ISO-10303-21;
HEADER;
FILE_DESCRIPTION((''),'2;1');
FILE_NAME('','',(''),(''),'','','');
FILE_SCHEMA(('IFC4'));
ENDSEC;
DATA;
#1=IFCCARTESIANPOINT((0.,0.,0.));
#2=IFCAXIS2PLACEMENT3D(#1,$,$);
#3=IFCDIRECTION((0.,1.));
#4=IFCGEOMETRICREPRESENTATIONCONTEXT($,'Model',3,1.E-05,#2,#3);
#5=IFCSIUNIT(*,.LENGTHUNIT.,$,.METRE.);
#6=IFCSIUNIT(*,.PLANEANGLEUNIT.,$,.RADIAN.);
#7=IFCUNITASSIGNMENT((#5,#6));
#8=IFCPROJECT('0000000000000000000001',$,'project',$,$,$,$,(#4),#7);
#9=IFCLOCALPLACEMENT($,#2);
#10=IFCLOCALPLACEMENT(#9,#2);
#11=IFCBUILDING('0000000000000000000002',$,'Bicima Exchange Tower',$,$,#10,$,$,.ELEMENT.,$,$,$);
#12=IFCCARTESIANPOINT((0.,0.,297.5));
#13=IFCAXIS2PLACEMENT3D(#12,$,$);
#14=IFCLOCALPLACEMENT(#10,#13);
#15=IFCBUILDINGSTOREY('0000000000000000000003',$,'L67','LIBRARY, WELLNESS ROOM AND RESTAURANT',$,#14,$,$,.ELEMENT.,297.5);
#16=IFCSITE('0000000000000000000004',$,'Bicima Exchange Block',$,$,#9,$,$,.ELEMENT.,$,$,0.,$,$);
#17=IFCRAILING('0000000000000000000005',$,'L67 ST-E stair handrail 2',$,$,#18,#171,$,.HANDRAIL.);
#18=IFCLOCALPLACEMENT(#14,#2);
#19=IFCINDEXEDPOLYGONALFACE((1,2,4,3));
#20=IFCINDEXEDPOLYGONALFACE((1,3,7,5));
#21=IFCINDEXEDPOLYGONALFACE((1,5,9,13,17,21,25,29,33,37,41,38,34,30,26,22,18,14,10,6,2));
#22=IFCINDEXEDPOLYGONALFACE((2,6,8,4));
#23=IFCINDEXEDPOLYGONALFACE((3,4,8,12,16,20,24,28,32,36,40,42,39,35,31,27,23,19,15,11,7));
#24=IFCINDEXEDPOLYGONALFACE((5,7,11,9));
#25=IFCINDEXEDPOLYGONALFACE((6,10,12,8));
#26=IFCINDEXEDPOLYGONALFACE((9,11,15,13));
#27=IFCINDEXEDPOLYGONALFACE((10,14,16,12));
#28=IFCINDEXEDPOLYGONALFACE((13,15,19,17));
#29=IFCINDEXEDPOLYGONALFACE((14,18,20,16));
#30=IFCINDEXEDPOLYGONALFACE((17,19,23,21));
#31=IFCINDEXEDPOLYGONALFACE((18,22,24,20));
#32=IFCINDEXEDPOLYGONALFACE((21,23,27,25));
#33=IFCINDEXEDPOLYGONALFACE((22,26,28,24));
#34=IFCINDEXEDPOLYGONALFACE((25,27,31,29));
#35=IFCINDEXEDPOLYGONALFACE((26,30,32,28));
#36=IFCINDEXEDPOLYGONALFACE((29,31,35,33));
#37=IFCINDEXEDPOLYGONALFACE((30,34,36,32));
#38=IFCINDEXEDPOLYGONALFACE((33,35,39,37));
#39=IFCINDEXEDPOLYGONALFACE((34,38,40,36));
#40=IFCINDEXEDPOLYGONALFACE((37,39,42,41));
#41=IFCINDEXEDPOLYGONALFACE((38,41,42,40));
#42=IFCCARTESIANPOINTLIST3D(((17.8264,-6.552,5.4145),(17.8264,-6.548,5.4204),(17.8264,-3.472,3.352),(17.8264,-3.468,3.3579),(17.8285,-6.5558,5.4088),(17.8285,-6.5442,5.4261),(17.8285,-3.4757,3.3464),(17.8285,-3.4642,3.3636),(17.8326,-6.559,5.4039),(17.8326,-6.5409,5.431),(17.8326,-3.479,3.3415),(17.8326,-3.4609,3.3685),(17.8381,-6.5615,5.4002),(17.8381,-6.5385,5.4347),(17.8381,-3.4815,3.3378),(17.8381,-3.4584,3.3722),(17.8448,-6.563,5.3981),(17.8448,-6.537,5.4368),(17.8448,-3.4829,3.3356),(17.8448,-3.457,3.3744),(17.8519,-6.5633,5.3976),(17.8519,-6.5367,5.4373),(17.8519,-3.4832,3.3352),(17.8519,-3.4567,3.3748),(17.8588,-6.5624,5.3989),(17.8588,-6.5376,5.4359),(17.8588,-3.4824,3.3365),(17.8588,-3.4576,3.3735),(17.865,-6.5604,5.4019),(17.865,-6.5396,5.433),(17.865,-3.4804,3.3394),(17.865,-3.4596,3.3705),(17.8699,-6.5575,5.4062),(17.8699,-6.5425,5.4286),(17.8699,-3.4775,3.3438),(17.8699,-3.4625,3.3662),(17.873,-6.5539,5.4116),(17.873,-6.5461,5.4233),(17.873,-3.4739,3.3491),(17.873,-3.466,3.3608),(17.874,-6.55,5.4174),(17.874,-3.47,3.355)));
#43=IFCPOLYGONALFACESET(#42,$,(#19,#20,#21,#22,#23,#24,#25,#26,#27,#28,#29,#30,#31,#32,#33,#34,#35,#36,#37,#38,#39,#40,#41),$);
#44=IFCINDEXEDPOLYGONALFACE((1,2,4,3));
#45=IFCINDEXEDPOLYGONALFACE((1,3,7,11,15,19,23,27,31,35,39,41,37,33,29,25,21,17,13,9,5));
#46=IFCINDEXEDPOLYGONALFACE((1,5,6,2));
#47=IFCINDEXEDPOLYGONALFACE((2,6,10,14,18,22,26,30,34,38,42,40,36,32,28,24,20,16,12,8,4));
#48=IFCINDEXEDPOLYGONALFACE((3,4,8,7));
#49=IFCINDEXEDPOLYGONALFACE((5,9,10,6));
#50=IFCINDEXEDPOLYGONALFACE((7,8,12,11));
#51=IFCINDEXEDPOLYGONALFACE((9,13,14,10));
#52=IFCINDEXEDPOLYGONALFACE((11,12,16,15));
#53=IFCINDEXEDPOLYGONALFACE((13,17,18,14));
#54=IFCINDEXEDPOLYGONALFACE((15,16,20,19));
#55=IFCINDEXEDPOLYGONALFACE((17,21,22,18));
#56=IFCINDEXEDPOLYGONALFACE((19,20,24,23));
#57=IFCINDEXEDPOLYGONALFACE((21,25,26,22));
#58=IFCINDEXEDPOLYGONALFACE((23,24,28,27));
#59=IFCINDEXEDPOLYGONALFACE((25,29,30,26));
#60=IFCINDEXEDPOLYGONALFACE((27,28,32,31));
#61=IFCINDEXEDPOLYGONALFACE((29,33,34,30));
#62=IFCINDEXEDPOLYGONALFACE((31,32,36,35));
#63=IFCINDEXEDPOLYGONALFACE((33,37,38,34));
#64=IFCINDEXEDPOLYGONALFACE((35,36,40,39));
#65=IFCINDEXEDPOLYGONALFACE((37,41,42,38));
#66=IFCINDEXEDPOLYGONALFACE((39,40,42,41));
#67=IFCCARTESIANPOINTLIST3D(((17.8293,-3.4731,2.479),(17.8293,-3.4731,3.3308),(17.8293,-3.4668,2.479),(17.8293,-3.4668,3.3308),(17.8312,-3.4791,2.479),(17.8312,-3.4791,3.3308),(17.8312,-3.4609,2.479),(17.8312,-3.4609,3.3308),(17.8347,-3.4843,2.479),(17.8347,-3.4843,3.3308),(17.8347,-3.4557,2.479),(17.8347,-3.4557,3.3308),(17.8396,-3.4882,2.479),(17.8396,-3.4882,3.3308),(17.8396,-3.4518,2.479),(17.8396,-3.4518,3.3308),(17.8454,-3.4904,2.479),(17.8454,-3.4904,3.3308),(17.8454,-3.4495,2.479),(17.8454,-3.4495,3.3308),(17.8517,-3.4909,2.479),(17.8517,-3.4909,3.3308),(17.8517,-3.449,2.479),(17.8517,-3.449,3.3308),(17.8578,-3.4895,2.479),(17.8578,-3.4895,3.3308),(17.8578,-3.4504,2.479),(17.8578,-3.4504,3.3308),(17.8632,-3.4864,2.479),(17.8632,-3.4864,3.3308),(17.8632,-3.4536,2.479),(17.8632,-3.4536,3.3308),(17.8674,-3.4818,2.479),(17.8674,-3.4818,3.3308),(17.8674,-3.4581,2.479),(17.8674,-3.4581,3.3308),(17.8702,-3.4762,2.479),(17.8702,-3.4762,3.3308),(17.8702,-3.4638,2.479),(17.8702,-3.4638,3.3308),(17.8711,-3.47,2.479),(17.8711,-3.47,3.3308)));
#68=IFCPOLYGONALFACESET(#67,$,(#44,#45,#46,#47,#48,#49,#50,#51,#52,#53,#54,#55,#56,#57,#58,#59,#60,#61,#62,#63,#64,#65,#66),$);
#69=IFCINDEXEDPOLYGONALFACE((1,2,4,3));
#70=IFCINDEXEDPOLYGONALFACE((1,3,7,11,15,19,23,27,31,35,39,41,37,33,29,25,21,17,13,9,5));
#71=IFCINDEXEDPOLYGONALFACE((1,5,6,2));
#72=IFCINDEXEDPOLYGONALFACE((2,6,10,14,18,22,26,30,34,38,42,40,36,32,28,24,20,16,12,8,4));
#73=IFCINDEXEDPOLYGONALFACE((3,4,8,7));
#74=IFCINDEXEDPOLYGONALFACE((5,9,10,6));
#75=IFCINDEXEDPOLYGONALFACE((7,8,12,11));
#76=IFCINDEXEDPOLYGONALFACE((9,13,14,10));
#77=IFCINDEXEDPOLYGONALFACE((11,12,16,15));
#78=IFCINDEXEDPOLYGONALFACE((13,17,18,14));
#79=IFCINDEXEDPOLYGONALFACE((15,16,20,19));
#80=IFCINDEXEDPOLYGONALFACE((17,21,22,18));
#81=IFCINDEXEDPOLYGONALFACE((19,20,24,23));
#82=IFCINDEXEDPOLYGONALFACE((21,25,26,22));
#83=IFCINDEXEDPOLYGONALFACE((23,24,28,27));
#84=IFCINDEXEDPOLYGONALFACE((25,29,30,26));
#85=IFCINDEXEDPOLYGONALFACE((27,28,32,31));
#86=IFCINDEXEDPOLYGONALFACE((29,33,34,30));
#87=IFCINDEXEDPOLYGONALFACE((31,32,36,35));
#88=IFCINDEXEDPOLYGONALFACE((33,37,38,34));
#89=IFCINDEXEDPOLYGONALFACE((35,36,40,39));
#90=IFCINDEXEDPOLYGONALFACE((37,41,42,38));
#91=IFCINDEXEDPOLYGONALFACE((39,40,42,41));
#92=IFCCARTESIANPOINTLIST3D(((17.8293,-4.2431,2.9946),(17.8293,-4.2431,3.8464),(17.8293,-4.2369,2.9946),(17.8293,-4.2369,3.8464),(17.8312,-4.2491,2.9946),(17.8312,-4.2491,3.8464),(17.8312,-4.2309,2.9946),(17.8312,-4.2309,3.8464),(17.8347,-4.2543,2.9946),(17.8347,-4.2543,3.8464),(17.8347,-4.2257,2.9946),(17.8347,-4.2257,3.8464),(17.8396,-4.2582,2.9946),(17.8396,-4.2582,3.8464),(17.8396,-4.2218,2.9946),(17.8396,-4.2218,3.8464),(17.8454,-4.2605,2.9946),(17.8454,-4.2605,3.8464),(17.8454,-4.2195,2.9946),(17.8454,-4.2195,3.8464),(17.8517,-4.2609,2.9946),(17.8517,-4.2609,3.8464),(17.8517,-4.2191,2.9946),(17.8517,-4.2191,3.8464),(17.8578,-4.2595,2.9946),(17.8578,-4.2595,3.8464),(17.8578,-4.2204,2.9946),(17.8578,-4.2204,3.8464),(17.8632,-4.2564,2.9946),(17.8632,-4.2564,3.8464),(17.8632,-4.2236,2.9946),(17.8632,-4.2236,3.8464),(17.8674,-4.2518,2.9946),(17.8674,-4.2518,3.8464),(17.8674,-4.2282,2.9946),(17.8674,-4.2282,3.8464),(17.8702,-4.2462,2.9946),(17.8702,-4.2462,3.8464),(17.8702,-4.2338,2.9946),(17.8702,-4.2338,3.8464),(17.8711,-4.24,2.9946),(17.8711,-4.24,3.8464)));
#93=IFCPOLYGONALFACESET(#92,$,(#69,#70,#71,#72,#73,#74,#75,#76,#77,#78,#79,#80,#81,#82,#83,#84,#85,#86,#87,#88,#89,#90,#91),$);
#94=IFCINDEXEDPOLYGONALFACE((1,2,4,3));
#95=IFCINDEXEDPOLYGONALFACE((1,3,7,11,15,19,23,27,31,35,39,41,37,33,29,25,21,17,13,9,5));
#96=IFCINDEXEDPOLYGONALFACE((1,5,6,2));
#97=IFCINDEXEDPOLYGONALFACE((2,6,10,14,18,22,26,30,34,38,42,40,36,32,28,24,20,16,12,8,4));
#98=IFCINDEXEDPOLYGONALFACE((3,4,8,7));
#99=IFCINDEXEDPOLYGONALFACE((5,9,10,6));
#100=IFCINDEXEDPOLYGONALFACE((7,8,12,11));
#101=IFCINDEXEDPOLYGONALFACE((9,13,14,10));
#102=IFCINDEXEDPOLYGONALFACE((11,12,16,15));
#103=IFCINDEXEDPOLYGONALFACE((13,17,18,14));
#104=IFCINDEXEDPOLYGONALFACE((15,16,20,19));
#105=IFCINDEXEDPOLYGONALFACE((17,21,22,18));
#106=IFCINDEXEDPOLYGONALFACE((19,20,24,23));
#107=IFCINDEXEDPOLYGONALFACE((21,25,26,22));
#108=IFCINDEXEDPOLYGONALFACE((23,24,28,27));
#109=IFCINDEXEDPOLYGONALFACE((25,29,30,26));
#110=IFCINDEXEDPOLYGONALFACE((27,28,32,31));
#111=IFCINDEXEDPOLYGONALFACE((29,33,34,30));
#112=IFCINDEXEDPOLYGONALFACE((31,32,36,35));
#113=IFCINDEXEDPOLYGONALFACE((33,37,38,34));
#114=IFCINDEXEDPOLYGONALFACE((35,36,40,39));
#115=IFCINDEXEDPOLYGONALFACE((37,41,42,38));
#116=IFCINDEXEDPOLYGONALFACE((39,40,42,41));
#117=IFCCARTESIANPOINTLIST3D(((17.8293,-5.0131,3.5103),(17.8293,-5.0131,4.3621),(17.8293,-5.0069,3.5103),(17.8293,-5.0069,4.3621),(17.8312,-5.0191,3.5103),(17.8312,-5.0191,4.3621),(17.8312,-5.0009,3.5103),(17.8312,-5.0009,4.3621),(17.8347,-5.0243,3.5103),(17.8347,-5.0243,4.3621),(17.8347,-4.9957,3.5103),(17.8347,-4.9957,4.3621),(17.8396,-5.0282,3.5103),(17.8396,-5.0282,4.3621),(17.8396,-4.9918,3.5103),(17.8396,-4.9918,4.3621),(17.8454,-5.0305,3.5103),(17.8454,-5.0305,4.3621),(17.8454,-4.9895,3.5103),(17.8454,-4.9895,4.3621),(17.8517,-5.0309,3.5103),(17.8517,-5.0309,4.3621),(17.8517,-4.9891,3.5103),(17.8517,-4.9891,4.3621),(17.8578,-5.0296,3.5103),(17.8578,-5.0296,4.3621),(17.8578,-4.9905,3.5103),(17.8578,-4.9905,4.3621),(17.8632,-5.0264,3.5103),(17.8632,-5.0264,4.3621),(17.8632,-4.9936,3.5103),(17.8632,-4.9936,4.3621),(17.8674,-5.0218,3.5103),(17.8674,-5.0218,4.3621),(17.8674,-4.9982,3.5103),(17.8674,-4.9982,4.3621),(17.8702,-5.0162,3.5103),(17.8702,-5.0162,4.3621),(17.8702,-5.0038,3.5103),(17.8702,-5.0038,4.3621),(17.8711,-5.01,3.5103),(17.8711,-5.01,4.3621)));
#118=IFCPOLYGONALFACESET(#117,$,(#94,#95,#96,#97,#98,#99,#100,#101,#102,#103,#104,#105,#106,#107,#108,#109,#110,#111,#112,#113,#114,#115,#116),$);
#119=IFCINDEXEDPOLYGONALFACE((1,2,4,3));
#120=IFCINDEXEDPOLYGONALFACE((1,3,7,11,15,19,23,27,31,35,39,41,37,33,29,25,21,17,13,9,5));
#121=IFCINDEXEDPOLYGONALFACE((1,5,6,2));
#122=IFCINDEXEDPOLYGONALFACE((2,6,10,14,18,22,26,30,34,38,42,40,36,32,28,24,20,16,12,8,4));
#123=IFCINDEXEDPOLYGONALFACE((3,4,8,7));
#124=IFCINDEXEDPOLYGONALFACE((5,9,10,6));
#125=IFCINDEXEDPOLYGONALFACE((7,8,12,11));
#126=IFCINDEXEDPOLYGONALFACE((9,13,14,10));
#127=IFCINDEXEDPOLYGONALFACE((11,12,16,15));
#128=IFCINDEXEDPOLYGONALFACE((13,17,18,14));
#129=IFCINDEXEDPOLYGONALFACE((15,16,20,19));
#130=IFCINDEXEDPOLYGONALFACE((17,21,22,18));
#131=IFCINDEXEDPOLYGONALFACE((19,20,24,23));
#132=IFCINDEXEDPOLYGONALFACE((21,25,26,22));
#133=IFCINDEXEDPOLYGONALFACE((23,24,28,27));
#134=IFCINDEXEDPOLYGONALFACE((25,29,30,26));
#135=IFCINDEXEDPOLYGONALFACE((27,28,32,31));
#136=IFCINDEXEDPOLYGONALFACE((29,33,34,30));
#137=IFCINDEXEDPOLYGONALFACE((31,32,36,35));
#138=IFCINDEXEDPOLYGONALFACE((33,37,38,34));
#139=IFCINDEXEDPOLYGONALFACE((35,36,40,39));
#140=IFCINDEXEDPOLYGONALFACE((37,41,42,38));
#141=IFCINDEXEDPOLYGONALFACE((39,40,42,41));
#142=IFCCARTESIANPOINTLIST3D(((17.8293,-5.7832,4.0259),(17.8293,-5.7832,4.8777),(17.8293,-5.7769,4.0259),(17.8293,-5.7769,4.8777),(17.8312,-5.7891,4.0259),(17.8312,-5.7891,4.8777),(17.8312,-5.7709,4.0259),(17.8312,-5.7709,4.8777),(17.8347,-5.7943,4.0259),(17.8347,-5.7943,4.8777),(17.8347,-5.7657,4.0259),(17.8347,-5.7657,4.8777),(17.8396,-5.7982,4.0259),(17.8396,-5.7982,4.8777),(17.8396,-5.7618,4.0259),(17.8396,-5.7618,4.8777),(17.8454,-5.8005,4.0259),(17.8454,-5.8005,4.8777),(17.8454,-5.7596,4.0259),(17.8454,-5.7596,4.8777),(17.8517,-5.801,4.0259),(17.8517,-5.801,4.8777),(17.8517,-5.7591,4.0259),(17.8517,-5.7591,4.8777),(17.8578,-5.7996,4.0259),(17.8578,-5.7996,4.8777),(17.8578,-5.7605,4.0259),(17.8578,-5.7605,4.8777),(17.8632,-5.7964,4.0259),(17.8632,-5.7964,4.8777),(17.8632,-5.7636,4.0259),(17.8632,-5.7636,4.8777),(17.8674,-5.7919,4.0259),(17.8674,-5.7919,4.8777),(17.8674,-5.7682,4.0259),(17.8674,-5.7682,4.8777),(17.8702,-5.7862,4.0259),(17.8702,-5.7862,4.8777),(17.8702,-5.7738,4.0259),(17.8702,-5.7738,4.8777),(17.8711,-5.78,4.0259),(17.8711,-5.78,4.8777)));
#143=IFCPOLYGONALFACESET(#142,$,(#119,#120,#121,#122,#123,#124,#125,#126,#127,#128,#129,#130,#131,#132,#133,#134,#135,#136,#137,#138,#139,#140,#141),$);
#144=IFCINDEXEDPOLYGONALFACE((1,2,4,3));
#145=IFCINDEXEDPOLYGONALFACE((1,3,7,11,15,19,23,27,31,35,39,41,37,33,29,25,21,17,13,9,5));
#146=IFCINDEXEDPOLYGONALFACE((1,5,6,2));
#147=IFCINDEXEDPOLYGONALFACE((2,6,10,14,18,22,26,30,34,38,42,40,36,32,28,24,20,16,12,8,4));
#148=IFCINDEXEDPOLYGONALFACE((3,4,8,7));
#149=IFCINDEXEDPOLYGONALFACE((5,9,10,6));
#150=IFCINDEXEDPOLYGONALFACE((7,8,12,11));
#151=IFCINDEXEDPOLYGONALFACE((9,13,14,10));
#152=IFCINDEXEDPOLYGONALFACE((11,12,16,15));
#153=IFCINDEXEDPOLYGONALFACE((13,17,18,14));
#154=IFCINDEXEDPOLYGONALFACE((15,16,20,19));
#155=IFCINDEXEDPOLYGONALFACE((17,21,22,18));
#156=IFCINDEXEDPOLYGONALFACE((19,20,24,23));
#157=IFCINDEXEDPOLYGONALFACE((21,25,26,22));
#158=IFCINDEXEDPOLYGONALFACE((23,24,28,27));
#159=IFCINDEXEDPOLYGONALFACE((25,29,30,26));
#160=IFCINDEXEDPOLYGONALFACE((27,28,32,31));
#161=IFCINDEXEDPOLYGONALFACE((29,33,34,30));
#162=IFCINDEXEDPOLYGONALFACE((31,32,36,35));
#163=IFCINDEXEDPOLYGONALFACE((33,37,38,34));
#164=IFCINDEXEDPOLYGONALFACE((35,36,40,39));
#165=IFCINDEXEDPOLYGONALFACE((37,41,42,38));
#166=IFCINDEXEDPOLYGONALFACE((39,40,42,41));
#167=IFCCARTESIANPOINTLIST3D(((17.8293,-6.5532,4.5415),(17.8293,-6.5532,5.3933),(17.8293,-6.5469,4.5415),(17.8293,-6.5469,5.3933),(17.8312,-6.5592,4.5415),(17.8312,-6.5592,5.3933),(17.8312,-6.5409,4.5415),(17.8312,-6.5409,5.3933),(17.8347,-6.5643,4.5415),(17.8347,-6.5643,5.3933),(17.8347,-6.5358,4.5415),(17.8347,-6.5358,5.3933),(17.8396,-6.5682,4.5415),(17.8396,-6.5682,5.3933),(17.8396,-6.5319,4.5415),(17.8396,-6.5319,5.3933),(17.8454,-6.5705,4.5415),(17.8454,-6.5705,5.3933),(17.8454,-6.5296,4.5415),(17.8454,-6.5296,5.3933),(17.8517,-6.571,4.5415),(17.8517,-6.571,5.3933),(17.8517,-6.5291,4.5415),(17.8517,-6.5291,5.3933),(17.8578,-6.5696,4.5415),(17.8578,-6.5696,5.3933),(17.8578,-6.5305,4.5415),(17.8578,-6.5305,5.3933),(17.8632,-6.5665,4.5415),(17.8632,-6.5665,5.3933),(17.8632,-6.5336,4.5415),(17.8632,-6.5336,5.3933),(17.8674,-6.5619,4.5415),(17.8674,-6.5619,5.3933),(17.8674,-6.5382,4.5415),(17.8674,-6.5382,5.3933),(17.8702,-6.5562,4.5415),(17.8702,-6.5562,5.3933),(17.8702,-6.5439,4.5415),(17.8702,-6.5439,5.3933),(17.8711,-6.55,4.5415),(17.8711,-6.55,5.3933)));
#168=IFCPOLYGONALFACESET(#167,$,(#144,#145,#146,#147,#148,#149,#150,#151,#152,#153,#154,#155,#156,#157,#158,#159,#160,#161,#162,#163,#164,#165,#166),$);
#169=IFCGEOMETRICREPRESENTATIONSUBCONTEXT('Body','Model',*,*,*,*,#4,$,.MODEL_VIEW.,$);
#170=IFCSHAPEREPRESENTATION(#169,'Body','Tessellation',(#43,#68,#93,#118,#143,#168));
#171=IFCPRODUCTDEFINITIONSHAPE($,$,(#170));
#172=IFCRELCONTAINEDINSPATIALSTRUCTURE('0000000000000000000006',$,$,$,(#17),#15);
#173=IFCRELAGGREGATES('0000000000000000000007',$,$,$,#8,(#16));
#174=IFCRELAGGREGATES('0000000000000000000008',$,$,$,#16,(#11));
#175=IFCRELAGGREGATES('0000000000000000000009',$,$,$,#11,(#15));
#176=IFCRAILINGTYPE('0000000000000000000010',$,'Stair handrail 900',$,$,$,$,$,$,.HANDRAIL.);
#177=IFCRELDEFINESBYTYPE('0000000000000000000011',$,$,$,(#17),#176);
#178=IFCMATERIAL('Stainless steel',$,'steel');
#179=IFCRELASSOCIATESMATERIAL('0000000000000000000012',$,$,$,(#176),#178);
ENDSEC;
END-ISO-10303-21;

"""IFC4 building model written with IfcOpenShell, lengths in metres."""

from ifc_helpers import new_model, si_unit, direction, frame, origin, origin_2d, place, context, subcontext, project, spatial, circle, extrude, material, type_object, element, save


model = new_model("IFC4")

# Units and contexts
model_context = context("Model", 3, precision=1e-05, world=origin(), true_north=direction((0.0, 1.0)))
body_context = subcontext(model_context, "Body", "Model", "MODEL_VIEW")
ifc_project = project(units=[si_unit("LENGTHUNIT", "METRE"), si_unit("PLANEANGLEUNIT", "RADIAN")], contexts=[model_context])

# Site, building, storey
site_placement = place(None, origin())
site = spatial("IfcSite", under=ifc_project, at=site_placement, Name="Bicima Exchange Block", CompositionType="ELEMENT", RefElevation=0.0)
building_placement = place(site_placement, origin())
building = spatial("IfcBuilding", under=site, at=building_placement, Name="Bicima Exchange Tower", CompositionType="ELEMENT")
storey_placement = place(building_placement, frame((0.0, 0.0, 297.5)))
storey = spatial("IfcBuildingStorey", under=building, at=storey_placement, Name="L67", Description="LIBRARY, WELLNESS ROOM AND RESTAURANT", CompositionType="ELEMENT", Elevation=297.5)

# Railing
ifc_material_1 = material(Name="Stainless steel", Category="steel")
railing_type_1 = type_object("IfcRailingType", Name="Stair handrail 900", PredefinedType="HANDRAIL", material=ifc_material_1)
railing_1_placement = place(storey_placement, frame((17.8501, -3.47, 2.479)))
element("IfcRailing", 1, at=railing_1_placement, inside=storey, type_object=railing_type_1, Name="L67 ST-E stair handrail 2", PredefinedType="HANDRAIL", context=body_context, shape_type="SweptSolid", body=[
    extrude(circle(Radius=0.0239, at=origin_2d()), frame((0.0, 0.0, 0.876), z_axis=(0.0, -0.830914, 0.556401), x_axis=(1.0, 0.0, 0.0)), (0.0, 0.0, 1.0), 3.7068),
    extrude(circle(Radius=0.021, at=origin_2d()), origin(), (0.0, 0.0, 1.0), 0.8518),
    extrude(circle(Radius=0.021, at=origin_2d()), frame((0.0, -0.77, 0.5156)), (0.0, 0.0, 1.0), 0.8518),
    extrude(circle(Radius=0.021, at=origin_2d()), frame((0.0, -1.54, 1.0312)), (0.0, 0.0, 1.0), 0.8518),
    extrude(circle(Radius=0.021, at=origin_2d()), frame((0.0, -2.3101, 1.5469)), (0.0, 0.0, 1.0), 0.8518),
    extrude(circle(Radius=0.021, at=origin_2d()), frame((0.0, -3.0801, 2.0625)), (0.0, 0.0, 1.0), 0.8518),
])

save(model, "model.ifc")
